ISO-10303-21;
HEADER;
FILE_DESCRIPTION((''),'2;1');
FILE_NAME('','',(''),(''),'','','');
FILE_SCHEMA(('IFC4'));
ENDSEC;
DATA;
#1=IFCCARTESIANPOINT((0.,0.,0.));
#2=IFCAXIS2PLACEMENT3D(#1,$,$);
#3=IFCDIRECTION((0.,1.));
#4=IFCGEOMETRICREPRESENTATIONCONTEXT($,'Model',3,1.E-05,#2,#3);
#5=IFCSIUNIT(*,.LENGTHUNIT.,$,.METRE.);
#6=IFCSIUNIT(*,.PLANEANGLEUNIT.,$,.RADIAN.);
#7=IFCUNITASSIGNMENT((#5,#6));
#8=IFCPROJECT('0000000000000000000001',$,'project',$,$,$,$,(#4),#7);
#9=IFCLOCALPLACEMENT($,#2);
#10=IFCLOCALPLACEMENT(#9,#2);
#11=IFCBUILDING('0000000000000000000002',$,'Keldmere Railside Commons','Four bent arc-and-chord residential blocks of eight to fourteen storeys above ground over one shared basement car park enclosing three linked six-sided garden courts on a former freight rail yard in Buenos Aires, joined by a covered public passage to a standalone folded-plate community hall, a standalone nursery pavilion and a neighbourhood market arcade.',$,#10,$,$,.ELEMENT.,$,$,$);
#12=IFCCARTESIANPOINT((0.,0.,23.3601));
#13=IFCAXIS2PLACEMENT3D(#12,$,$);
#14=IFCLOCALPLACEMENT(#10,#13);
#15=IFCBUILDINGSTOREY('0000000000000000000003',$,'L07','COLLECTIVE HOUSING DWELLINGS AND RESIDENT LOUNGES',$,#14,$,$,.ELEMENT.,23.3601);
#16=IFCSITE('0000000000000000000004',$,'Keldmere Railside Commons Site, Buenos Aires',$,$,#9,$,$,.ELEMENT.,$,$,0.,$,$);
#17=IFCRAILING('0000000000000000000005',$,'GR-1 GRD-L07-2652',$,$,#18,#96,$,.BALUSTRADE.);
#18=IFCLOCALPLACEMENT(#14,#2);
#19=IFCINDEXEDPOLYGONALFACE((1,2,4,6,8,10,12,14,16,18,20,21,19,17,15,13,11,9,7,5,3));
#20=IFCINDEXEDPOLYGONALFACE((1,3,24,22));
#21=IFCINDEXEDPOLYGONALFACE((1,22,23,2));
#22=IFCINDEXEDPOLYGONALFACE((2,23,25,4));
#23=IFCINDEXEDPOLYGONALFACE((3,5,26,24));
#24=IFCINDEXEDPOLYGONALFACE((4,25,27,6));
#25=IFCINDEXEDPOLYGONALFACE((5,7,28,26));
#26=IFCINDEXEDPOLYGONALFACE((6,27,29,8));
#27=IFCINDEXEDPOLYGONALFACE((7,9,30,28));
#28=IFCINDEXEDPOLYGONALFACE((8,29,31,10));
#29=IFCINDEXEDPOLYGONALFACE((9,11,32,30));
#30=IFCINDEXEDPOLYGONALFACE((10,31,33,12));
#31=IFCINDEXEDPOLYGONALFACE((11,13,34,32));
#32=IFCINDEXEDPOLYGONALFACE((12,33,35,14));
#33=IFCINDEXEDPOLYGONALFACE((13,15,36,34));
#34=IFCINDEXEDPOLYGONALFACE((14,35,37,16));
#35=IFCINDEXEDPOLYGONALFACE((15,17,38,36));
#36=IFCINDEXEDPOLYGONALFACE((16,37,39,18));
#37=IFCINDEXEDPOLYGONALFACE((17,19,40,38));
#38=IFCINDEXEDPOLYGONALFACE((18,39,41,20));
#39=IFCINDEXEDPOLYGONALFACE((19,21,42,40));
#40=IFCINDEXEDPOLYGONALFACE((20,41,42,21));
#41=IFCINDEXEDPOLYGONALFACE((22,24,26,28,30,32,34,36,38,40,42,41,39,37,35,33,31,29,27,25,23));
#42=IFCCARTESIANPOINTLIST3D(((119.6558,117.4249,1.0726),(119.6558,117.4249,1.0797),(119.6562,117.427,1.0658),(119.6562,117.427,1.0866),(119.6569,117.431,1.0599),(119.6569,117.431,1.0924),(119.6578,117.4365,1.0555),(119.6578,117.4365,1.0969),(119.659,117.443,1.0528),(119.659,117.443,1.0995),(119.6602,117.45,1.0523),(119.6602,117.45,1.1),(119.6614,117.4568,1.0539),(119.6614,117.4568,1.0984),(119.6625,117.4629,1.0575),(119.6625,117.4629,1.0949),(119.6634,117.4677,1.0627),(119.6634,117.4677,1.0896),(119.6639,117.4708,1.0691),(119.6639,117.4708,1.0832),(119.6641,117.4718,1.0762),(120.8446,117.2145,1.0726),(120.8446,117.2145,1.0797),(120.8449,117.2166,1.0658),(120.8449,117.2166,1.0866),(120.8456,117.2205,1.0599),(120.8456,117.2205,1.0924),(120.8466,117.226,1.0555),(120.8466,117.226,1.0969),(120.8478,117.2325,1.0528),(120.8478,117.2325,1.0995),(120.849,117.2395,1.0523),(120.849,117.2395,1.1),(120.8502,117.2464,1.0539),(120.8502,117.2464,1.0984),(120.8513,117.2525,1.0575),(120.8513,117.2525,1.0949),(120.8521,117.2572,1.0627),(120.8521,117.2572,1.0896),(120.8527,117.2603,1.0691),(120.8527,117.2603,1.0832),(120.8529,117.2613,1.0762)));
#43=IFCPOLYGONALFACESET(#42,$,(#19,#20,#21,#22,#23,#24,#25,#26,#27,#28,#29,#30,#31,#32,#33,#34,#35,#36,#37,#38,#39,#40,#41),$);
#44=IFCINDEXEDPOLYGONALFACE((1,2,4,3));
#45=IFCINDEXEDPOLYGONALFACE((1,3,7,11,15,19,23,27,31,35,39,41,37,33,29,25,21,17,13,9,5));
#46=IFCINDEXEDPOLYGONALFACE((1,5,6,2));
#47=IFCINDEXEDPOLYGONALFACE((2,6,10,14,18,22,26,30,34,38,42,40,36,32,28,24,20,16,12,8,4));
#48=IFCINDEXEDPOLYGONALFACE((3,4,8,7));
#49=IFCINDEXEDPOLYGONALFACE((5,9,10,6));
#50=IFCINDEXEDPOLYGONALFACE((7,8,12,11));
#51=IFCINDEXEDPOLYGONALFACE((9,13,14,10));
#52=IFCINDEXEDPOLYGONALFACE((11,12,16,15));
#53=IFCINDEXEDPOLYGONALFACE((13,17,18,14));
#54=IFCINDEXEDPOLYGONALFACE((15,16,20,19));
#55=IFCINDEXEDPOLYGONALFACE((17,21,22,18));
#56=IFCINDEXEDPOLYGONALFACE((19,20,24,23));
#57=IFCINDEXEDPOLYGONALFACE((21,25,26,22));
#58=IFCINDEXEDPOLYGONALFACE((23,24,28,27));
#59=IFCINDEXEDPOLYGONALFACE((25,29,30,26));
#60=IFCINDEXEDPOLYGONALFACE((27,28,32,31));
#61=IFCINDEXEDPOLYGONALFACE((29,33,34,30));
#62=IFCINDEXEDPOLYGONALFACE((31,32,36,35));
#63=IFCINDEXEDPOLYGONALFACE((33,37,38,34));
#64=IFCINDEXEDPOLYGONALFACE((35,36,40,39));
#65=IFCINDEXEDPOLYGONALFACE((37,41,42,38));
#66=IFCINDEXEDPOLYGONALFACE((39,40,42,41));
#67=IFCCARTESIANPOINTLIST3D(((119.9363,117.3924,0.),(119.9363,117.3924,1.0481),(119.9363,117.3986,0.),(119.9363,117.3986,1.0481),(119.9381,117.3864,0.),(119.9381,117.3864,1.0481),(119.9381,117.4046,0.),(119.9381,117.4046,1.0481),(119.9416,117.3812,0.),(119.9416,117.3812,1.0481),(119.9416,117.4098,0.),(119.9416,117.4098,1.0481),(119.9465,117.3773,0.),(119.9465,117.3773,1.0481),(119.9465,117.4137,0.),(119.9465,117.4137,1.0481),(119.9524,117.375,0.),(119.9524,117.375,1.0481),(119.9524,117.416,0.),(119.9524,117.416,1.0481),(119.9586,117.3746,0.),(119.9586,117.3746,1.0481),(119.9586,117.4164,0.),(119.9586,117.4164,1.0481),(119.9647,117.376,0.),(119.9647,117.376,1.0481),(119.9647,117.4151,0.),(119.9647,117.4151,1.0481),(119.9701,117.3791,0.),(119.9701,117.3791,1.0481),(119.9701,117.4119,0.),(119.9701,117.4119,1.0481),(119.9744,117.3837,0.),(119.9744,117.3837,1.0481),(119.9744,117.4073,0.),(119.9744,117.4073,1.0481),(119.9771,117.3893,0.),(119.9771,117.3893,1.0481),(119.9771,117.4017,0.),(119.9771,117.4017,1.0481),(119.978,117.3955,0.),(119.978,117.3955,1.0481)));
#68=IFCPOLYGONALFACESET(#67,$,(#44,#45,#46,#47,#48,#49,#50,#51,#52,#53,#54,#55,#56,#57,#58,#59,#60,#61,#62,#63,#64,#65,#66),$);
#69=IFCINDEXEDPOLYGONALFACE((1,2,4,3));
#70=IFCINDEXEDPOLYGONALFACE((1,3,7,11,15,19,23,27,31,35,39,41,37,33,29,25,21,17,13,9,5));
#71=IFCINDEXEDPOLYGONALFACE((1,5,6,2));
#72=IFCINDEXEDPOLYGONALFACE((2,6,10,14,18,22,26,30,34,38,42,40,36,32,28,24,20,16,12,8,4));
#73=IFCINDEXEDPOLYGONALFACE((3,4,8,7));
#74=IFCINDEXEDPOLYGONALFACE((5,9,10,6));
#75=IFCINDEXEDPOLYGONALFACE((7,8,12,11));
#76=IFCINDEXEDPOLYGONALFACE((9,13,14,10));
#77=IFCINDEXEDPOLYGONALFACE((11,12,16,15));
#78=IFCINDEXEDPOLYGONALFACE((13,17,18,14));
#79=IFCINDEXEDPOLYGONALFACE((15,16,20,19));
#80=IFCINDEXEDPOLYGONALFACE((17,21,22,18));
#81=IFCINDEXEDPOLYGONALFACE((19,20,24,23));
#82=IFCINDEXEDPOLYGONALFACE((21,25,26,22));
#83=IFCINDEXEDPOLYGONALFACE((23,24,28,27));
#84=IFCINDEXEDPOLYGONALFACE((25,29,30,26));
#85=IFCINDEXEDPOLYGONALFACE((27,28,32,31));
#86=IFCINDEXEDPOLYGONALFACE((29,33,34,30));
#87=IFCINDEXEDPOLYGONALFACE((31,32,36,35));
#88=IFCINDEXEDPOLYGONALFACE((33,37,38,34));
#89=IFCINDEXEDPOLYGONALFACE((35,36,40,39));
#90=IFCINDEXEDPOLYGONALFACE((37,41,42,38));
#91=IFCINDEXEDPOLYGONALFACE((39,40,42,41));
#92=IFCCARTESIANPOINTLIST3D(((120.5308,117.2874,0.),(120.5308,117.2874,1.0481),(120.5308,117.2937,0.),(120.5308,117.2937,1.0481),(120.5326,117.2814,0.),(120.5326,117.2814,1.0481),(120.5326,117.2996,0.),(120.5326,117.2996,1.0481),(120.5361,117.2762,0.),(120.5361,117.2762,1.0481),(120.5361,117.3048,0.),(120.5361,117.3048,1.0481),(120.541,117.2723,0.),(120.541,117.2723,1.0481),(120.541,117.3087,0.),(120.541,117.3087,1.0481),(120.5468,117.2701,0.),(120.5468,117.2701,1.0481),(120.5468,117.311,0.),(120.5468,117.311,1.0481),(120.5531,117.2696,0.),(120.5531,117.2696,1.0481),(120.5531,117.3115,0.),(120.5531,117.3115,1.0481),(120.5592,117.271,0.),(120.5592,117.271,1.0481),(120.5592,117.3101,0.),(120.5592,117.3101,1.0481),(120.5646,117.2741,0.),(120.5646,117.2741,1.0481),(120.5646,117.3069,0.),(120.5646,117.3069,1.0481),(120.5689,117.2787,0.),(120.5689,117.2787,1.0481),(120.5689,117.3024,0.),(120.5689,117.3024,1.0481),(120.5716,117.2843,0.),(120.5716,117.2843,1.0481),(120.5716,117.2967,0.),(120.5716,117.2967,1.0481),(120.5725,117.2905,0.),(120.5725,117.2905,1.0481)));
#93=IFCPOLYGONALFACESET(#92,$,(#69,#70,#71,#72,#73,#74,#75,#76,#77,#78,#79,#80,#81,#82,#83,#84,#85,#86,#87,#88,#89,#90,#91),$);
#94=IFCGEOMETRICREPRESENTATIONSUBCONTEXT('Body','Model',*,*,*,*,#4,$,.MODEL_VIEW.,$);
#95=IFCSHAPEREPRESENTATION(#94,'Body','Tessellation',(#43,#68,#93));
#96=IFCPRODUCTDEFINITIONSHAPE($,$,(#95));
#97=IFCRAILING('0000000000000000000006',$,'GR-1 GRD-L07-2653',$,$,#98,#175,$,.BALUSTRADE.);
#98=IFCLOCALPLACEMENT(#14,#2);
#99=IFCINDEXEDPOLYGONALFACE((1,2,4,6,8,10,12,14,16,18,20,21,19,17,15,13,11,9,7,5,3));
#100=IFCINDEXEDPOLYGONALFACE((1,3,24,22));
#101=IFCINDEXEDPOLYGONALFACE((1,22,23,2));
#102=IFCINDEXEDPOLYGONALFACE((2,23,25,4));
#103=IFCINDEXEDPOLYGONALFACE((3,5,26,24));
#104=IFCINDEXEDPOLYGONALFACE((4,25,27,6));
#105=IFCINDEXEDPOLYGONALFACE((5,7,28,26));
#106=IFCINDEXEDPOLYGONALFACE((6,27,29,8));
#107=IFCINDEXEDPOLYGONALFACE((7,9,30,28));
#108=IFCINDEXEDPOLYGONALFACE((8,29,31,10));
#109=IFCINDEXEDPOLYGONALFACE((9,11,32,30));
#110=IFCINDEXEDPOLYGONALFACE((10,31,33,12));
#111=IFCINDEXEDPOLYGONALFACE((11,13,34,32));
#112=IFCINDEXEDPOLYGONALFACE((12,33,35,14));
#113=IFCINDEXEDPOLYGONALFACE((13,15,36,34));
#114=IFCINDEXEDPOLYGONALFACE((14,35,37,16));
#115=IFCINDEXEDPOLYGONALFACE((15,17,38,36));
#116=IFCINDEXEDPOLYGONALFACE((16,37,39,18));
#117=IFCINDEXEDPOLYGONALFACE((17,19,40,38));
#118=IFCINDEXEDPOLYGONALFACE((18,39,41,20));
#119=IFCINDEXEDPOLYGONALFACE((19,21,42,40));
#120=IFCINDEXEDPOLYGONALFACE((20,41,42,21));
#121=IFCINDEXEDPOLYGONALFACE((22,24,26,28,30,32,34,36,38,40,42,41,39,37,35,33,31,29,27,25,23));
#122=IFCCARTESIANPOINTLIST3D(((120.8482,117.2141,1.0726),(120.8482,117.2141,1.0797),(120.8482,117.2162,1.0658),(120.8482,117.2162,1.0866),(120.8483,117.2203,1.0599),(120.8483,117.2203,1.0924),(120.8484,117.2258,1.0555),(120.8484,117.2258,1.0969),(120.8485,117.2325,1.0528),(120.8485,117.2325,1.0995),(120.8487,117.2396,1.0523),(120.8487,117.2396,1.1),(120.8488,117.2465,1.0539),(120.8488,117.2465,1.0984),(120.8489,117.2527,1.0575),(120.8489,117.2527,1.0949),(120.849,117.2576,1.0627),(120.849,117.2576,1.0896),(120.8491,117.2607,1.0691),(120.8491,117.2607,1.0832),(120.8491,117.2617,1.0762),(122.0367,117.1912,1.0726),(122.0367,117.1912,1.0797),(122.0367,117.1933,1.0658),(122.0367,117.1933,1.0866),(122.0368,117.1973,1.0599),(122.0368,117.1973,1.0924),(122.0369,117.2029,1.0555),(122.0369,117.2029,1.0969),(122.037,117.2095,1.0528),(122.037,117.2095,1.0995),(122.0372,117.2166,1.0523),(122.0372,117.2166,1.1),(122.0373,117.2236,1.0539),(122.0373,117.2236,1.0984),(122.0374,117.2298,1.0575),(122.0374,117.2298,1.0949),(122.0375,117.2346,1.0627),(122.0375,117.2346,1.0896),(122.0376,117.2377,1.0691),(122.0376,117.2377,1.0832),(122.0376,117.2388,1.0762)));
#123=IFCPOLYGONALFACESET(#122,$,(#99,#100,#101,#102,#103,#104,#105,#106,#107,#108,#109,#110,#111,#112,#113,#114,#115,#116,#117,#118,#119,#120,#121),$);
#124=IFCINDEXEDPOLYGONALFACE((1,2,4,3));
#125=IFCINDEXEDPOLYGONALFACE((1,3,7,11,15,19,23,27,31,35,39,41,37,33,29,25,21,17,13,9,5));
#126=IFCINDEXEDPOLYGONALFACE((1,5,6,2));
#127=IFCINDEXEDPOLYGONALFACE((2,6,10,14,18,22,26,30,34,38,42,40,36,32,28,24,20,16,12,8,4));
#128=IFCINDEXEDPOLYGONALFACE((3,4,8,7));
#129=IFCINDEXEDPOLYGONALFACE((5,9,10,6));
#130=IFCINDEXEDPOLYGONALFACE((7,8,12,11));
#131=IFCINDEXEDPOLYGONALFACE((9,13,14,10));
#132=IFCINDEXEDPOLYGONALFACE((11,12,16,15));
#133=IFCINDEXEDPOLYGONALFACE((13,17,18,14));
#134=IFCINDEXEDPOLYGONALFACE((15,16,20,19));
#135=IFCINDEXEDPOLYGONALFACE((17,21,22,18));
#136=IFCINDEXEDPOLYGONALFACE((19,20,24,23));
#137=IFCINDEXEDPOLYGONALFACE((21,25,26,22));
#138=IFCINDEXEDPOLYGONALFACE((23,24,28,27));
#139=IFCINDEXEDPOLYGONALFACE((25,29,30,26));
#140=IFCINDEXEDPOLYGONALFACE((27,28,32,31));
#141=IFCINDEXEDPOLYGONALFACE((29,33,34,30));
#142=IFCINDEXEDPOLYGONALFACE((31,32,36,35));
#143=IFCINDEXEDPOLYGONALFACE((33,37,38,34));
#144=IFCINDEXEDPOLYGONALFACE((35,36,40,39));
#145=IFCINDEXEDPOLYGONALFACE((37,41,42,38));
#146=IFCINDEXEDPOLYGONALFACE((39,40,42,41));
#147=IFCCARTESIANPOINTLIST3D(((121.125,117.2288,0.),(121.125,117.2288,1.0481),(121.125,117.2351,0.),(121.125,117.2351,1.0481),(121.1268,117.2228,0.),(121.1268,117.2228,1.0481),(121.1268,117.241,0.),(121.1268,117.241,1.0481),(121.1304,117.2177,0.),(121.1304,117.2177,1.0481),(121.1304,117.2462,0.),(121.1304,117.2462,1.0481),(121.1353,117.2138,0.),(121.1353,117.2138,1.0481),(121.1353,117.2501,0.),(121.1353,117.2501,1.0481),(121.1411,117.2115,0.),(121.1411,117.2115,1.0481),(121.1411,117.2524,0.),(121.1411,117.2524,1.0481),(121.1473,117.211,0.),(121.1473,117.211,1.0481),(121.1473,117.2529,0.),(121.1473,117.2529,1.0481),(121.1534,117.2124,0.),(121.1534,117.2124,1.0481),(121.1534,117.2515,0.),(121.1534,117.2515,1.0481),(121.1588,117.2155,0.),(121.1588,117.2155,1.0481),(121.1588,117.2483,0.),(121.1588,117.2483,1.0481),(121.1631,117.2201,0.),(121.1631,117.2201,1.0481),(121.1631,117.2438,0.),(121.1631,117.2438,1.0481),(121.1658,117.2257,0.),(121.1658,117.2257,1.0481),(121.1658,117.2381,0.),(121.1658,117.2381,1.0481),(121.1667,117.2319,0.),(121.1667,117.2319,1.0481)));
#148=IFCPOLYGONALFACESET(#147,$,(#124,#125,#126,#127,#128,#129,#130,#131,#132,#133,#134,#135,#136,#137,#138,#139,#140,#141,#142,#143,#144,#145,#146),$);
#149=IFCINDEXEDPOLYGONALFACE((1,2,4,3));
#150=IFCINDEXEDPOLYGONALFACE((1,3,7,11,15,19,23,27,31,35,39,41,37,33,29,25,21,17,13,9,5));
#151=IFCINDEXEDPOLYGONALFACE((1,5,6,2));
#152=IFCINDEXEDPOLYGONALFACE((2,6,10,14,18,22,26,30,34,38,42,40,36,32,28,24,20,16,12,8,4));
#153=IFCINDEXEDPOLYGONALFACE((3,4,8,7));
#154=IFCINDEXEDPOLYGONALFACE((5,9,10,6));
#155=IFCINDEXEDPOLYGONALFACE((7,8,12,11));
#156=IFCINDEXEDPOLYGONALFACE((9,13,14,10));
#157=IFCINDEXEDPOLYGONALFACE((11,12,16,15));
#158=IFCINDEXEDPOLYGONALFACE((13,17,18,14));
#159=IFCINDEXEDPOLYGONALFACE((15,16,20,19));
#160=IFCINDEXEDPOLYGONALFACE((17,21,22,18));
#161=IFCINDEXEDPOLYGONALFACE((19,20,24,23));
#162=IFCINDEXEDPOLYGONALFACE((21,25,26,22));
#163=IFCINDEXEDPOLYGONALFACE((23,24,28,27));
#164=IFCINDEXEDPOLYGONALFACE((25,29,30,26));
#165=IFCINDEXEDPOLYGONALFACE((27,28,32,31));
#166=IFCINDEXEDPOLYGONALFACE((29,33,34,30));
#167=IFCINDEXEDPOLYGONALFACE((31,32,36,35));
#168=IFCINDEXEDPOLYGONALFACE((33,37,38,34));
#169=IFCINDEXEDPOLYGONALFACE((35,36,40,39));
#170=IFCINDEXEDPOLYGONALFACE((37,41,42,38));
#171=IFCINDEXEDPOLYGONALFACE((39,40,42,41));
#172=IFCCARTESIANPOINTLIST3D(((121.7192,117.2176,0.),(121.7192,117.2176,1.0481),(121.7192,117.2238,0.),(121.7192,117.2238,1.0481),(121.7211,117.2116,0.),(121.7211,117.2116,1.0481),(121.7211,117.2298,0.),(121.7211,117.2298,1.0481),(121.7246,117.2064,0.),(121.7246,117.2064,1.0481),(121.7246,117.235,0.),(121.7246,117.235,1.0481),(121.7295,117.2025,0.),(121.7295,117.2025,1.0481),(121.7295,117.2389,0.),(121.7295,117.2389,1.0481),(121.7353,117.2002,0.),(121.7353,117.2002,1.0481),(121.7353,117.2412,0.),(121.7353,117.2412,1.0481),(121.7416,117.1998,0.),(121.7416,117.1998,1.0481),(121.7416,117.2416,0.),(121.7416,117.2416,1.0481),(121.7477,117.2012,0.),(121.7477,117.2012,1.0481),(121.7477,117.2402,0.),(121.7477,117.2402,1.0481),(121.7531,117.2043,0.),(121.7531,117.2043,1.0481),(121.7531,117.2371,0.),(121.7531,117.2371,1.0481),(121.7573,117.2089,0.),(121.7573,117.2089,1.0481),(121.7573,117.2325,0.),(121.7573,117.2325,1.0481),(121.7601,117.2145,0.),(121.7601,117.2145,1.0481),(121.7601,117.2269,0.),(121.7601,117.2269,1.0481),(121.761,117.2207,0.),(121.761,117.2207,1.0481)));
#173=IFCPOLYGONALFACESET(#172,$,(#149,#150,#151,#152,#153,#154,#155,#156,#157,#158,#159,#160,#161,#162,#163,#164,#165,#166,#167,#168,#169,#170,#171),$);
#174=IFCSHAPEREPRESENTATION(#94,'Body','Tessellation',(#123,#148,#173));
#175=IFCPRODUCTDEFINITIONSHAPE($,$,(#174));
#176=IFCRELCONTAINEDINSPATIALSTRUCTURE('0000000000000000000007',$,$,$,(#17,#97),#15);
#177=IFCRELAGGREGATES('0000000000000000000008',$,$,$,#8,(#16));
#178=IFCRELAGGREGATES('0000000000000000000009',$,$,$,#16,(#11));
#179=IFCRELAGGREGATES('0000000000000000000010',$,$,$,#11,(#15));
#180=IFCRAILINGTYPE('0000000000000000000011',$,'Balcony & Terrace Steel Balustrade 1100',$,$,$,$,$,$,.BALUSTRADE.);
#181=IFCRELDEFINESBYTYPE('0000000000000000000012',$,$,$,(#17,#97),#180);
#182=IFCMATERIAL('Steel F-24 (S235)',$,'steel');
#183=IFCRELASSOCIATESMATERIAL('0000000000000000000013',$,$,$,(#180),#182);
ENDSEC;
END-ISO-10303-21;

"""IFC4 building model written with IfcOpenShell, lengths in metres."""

from ifc_helpers import new_model, si_unit, direction, frame, origin, origin_2d, place, context, subcontext, project, spatial, circle, extrude, material, type_object, element, save


model = new_model("IFC4")

# Units and contexts
model_context = context("Model", 3, precision=1e-05, world=origin(), true_north=direction((0.0, 1.0)))
body_context = subcontext(model_context, "Body", "Model", "MODEL_VIEW")
ifc_project = project(units=[si_unit("LENGTHUNIT", "METRE"), si_unit("PLANEANGLEUNIT", "RADIAN")], contexts=[model_context])

# Site, building, storey
site_placement = place(None, origin())
site = spatial("IfcSite", under=ifc_project, at=site_placement, Name="Keldmere Railside Commons Site, Buenos Aires", CompositionType="ELEMENT", RefElevation=0.0)
building_placement = place(site_placement, origin())
building = spatial("IfcBuilding", under=site, at=building_placement, Name="Keldmere Railside Commons", Description="Four bent arc-and-chord residential blocks of eight to fourteen storeys above ground over one shared basement car park enclosing three linked six-sided garden courts on a former freight rail yard in Buenos Aires, joined by a covered public passage to a standalone folded-plate community hall, a standalone nursery pavilion and a neighbourhood market arcade.", CompositionType="ELEMENT")
storey_placement = place(building_placement, frame((0.0, 0.0, 23.3601)))
storey = spatial("IfcBuildingStorey", under=building, at=storey_placement, Name="L07", Description="COLLECTIVE HOUSING DWELLINGS AND RESIDENT LOUNGES", CompositionType="ELEMENT", Elevation=23.3601)

# Shared definitions
ifc_material_1 = material(Name="Steel F-24 (S235)", Category="steel")

# Railings
railing_type = type_object("IfcRailingType", Name="Balcony & Terrace Steel Balustrade 1100", PredefinedType="BALUSTRADE", material=ifc_material_1)
railing_1_placement = place(storey_placement, frame((119.6599, 117.4482, 0.0)))
element("IfcRailing", 1, at=railing_1_placement, inside=storey, type_object=railing_type, Name="GR-1 GRD-L07-2652", PredefinedType="BALUSTRADE", context=body_context, shape_type="SweptSolid", body=[
    extrude(circle(Radius=0.0239, at=origin_2d()), frame((0.0, 0.0, 1.0762), z_axis=(0.984688, -0.174328, 0.0), x_axis=(0.174328, 0.984688, 0.0)), (0.0, 0.0, 1.0), 1.2073),
    extrude(circle(Radius=0.021, at=origin_2d()), frame((0.2971, -0.0527, 0.0)), (0.0, 0.0, 1.0), 1.0481),
    extrude(circle(Radius=0.021, at=origin_2d()), frame((0.8916, -0.1577, 0.0)), (0.0, 0.0, 1.0), 1.0481),
])
railing_2_placement = place(storey_placement, frame((120.8486, 117.2378, 0.0)))
element("IfcRailing", 2, at=railing_2_placement, inside=storey, type_object=railing_type, Name="GR-1 GRD-L07-2653", PredefinedType="BALUSTRADE", context=body_context, shape_type="SweptSolid", body=[
    extrude(circle(Radius=0.0239, at=origin_2d()), frame((0.0, 0.0, 1.0762), z_axis=(0.999814, -0.019306, 0.0), x_axis=(0.019306, 0.999814, 0.0)), (0.0, 0.0, 1.0), 1.1887),
    extrude(circle(Radius=0.021, at=origin_2d()), frame((0.2971, -0.0059, 0.0)), (0.0, 0.0, 1.0), 1.0481),
    extrude(circle(Radius=0.021, at=origin_2d()), frame((0.8914, -0.0171, 0.0)), (0.0, 0.0, 1.0), 1.0481),
])

save(model, "model.ifc")
